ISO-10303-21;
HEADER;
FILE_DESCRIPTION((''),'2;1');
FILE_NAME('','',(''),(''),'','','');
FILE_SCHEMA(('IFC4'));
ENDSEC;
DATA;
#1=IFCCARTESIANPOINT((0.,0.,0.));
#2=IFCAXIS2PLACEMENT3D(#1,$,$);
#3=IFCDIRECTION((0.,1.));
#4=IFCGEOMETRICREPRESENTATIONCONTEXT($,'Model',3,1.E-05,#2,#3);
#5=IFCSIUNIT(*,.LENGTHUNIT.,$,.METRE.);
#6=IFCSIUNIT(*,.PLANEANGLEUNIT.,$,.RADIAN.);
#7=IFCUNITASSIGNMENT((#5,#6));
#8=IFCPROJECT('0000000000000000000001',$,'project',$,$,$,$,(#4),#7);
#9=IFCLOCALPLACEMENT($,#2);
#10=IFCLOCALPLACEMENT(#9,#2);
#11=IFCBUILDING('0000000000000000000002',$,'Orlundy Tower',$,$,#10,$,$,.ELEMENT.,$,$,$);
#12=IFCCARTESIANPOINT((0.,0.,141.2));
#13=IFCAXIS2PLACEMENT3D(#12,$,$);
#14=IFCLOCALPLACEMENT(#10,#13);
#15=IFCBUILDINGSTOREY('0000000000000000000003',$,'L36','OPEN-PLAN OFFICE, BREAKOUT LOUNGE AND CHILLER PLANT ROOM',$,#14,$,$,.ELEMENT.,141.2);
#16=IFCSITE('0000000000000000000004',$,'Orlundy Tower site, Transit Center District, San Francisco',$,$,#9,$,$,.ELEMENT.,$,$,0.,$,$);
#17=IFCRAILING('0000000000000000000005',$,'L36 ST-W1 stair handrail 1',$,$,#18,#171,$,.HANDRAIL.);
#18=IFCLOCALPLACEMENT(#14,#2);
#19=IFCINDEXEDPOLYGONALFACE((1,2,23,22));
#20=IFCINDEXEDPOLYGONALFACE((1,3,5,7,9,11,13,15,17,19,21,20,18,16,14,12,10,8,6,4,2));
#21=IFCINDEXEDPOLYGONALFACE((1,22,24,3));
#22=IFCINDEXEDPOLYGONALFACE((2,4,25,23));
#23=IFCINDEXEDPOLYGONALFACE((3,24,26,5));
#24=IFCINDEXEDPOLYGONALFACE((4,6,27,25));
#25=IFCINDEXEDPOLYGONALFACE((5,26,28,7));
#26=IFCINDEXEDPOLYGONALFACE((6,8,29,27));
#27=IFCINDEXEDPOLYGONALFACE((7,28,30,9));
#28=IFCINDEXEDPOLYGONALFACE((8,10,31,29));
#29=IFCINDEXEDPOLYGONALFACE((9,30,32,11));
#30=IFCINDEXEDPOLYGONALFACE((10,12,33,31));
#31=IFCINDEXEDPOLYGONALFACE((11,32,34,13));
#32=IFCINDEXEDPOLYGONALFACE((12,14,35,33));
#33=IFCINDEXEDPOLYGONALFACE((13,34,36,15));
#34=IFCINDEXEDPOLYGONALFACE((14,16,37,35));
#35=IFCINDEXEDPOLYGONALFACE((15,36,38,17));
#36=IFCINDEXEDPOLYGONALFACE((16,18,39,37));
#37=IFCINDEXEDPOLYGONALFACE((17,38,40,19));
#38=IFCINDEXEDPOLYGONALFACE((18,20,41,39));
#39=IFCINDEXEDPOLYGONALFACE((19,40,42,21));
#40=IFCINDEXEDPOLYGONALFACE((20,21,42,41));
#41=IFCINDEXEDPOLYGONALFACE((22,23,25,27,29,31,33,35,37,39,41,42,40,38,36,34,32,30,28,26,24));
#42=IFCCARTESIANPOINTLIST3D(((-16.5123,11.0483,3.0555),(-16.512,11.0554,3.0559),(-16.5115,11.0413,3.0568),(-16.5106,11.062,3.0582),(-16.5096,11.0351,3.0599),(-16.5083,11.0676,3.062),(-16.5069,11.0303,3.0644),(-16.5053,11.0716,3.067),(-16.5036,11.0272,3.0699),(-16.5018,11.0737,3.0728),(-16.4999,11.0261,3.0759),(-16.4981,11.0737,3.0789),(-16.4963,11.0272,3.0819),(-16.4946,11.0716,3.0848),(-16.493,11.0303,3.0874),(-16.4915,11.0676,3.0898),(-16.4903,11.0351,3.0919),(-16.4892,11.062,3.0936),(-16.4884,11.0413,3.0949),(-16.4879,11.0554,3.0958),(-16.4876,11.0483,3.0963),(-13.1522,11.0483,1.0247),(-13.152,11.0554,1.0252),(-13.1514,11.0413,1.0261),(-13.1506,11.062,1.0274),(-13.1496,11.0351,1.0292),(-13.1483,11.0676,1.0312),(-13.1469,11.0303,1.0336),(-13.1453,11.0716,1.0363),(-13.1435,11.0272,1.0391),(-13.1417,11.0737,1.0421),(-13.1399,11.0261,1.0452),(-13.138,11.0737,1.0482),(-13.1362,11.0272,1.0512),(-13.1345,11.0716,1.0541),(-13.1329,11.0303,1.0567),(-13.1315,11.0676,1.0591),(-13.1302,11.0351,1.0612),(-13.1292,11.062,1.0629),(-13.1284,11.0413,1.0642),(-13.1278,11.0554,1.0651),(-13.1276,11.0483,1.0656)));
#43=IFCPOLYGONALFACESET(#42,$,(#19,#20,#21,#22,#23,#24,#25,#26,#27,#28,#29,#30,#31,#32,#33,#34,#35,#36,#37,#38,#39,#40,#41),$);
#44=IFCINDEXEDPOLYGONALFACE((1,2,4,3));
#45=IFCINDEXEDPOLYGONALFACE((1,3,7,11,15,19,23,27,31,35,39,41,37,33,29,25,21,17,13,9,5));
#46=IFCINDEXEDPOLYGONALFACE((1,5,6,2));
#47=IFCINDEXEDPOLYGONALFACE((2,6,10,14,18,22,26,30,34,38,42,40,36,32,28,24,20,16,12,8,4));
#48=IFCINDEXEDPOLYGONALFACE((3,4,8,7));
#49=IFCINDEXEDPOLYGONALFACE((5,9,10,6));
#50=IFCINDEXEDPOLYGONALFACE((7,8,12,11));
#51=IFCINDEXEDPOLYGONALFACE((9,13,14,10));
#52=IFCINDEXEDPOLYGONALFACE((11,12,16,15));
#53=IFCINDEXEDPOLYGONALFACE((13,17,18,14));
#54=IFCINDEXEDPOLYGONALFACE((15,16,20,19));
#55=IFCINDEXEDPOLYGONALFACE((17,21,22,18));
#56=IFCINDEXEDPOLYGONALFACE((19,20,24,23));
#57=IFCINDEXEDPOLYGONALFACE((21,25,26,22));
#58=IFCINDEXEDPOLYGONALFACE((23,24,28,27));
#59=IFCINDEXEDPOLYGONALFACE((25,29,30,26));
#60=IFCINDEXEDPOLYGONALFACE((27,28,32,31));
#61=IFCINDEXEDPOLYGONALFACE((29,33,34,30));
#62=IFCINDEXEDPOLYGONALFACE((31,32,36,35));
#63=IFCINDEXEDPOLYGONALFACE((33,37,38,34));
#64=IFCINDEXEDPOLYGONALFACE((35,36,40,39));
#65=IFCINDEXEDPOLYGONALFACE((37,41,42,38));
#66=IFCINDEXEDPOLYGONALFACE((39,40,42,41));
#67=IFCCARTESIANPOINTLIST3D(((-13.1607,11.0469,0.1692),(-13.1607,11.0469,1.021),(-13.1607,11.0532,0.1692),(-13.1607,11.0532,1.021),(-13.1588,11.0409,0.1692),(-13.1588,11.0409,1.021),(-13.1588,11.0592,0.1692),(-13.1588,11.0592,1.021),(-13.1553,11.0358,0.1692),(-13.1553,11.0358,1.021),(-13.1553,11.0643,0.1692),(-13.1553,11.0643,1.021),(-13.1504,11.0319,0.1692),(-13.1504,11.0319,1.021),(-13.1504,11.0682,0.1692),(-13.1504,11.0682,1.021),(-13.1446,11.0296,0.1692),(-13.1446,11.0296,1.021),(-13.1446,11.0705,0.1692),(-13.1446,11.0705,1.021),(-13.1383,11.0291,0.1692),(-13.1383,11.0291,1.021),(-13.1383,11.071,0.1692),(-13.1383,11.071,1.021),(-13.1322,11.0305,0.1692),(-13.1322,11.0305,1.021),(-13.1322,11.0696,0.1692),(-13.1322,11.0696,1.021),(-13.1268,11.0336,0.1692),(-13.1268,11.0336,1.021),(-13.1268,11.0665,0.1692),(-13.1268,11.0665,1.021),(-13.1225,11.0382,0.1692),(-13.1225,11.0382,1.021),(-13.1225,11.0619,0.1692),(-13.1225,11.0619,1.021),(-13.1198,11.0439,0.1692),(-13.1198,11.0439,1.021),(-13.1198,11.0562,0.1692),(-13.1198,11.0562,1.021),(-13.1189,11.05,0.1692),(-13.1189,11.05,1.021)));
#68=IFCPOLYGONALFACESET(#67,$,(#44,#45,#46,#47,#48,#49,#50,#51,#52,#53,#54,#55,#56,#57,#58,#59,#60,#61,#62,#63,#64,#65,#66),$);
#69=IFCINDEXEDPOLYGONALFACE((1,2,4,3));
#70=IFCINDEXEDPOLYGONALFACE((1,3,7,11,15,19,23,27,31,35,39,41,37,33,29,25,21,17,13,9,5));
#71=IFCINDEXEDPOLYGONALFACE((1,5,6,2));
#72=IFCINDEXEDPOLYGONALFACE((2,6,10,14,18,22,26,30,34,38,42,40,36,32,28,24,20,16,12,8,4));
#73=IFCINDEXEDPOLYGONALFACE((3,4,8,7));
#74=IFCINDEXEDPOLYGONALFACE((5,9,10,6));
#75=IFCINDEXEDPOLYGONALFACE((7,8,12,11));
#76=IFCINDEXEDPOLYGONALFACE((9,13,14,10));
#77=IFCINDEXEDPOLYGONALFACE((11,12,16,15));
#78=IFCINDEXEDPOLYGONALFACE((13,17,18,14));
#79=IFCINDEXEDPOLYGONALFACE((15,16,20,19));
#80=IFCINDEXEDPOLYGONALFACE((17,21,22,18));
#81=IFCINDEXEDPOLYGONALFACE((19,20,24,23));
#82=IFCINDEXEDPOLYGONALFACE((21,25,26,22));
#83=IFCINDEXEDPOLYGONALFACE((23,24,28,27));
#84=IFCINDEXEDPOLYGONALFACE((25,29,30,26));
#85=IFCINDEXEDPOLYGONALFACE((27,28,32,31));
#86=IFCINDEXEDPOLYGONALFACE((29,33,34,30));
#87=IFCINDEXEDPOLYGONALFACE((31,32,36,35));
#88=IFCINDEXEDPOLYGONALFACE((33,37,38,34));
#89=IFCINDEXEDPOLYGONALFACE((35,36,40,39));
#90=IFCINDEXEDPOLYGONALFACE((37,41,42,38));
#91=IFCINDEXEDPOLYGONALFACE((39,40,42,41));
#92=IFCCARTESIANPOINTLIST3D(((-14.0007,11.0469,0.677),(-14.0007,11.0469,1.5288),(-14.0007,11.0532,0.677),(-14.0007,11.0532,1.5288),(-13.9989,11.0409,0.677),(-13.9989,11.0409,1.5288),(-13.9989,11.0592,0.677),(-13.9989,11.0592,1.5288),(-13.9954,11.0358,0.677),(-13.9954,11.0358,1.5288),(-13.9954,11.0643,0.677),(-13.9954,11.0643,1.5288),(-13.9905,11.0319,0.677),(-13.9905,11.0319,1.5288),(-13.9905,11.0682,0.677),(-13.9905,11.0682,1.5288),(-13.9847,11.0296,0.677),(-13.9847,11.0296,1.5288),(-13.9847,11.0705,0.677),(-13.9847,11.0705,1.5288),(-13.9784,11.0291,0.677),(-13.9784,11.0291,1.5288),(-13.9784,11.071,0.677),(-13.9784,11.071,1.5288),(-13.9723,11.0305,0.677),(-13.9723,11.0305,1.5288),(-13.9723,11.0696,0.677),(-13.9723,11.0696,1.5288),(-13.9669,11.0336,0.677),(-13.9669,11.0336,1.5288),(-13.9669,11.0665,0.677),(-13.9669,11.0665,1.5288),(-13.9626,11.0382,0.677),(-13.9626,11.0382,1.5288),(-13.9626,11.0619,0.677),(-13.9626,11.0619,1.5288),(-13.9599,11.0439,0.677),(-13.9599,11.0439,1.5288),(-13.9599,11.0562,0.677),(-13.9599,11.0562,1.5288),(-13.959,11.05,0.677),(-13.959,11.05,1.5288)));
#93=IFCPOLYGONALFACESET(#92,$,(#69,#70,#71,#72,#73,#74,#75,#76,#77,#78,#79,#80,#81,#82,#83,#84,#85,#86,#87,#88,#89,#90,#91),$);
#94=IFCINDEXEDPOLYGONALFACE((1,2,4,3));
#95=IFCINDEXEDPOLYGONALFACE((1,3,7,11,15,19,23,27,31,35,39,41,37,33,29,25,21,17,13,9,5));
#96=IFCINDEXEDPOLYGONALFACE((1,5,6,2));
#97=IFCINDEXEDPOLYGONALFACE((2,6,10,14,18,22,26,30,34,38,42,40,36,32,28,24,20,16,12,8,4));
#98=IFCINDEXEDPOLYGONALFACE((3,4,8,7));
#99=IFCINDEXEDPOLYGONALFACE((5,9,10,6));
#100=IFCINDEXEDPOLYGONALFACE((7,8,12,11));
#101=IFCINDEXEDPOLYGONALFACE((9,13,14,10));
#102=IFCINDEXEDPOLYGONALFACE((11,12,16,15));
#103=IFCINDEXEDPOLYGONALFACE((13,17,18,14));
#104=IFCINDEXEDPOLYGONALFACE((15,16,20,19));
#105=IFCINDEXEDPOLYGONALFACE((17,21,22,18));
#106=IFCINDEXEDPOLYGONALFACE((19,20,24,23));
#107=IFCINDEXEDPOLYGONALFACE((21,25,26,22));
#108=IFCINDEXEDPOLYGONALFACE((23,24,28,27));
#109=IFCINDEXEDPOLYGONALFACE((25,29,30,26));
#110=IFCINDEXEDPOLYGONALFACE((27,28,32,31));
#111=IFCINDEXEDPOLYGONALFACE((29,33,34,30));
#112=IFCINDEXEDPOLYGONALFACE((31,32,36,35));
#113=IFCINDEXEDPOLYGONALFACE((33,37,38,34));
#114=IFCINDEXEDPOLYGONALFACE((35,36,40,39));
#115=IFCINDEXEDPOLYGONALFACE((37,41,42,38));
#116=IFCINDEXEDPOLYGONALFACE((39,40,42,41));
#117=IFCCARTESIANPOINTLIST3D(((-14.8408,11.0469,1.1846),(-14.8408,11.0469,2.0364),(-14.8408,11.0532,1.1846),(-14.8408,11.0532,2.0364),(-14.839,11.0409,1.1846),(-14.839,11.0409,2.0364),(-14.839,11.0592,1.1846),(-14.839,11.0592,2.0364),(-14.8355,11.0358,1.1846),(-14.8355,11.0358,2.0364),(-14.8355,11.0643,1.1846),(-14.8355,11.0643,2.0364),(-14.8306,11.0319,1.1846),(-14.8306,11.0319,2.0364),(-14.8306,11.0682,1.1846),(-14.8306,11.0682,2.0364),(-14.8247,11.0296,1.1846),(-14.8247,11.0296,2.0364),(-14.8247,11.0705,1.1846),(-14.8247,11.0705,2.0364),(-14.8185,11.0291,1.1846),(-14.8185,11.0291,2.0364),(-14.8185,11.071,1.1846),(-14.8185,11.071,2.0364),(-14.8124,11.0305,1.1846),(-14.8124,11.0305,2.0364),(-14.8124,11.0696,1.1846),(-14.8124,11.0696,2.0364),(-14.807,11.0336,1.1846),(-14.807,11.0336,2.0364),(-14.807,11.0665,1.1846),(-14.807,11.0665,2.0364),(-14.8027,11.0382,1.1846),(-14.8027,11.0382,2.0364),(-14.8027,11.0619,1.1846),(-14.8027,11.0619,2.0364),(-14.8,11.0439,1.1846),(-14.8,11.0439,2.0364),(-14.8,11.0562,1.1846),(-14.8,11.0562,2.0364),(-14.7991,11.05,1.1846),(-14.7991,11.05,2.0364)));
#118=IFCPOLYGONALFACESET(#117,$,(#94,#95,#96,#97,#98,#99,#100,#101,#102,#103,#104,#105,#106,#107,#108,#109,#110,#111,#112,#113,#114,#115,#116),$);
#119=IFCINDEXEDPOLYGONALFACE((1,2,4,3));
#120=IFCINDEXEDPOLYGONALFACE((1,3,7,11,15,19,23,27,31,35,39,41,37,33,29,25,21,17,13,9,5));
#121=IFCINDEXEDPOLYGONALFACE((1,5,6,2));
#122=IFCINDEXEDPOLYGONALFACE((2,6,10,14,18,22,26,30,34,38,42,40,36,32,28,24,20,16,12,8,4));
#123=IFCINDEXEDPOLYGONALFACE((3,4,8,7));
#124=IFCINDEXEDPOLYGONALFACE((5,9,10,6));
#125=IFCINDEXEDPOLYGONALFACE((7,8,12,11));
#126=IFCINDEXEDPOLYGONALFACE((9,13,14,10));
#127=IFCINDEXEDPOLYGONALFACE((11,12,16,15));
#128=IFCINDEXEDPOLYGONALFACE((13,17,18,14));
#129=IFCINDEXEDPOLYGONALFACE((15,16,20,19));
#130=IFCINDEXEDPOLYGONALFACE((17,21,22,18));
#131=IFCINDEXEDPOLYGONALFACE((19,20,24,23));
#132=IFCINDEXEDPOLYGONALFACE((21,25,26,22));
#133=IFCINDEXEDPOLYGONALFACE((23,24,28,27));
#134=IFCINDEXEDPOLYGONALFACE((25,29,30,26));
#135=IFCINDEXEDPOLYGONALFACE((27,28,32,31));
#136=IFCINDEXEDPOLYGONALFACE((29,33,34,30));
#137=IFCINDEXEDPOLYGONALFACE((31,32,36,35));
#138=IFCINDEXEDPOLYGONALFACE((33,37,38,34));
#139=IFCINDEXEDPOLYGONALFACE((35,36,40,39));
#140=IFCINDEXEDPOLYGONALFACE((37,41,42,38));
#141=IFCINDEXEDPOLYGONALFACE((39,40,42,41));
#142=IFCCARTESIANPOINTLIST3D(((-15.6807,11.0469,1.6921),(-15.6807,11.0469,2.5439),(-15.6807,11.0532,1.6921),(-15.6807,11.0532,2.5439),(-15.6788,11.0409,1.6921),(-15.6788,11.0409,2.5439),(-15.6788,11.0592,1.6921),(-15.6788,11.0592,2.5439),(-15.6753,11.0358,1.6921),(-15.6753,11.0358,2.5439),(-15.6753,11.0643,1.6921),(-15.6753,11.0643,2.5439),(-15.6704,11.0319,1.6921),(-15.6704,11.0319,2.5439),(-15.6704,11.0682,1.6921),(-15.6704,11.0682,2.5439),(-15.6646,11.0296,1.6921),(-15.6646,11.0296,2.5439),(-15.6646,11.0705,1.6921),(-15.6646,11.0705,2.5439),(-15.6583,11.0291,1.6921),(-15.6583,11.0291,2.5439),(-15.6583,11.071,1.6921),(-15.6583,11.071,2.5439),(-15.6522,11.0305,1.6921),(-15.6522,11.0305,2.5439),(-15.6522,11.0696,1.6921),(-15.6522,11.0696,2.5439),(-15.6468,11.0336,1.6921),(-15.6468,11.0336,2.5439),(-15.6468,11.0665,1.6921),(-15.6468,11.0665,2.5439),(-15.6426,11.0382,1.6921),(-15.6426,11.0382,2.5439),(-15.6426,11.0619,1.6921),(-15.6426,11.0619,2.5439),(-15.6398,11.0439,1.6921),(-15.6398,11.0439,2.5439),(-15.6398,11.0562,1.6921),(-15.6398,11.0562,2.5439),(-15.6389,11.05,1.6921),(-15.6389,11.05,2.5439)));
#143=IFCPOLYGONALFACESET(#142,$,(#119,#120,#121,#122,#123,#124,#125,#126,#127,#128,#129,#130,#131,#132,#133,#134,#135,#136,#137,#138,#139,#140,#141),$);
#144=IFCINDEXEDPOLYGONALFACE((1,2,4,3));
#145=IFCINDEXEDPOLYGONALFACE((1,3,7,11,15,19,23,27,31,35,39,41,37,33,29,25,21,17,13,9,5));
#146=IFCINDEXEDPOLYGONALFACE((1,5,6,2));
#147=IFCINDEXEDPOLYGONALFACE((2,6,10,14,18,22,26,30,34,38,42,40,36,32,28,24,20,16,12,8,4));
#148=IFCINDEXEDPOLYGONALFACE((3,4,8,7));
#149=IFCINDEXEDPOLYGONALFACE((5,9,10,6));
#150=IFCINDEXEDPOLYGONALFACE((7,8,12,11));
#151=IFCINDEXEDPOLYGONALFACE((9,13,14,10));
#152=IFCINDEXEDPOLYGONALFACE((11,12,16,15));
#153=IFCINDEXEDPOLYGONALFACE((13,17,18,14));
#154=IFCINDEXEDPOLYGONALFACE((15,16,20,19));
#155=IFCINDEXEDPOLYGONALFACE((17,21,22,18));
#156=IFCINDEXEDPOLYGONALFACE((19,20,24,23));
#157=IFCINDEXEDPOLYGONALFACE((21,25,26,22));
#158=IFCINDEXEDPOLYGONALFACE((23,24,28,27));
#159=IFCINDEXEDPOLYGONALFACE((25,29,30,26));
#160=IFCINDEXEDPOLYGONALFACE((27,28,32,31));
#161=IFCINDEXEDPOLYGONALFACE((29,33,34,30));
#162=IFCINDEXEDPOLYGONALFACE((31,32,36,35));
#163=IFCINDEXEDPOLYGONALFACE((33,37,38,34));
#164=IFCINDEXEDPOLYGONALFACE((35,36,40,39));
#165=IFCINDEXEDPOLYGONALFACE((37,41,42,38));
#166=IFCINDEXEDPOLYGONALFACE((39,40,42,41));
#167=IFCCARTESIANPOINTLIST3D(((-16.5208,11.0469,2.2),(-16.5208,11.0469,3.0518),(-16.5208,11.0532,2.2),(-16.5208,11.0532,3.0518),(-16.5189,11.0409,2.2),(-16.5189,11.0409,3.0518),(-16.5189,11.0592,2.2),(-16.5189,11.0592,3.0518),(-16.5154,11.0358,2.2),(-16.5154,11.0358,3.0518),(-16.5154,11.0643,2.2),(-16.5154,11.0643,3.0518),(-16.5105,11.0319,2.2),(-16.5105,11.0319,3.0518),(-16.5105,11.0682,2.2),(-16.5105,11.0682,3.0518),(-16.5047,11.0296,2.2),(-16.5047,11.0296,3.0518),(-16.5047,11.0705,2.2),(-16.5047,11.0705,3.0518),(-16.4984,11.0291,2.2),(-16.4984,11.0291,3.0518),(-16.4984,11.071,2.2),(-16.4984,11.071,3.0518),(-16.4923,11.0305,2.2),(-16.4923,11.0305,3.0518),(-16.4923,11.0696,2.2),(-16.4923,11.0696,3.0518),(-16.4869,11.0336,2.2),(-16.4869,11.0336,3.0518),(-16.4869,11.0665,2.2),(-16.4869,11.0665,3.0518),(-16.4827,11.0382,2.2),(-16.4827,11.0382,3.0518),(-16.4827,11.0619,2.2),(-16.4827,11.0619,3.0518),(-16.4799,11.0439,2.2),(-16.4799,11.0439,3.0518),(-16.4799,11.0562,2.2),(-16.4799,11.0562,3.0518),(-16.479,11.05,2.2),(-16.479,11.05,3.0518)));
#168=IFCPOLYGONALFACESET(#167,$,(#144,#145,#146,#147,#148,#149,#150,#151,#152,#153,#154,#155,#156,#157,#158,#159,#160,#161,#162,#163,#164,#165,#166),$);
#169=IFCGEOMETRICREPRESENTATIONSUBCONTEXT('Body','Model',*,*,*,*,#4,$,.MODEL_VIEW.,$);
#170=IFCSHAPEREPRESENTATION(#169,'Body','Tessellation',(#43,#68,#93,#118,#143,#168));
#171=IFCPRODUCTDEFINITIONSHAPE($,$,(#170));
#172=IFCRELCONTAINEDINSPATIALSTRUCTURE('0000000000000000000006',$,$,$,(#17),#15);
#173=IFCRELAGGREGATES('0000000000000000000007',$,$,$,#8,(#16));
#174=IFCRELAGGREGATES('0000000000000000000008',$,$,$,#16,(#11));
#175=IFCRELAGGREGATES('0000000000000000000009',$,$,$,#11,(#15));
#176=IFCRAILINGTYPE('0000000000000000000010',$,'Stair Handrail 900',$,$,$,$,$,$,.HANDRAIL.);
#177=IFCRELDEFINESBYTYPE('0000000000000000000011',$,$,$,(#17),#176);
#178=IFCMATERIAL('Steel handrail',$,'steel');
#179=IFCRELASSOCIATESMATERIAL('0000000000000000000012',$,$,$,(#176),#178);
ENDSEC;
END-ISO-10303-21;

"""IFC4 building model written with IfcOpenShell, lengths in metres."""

from ifc_helpers import new_model, si_unit, direction, frame, origin, origin_2d, place, context, subcontext, project, spatial, circle, extrude, material, type_object, element, save


model = new_model("IFC4")

# Units and contexts
model_context = context("Model", 3, precision=1e-05, world=origin(), true_north=direction((0.0, 1.0)))
body_context = subcontext(model_context, "Body", "Model", "MODEL_VIEW")
ifc_project = project(units=[si_unit("LENGTHUNIT", "METRE"), si_unit("PLANEANGLEUNIT", "RADIAN")], contexts=[model_context])

# Site, building, storey
site_placement = place(None, origin())
site = spatial("IfcSite", under=ifc_project, at=site_placement, Name="Orlundy Tower site, Transit Center District, San Francisco", CompositionType="ELEMENT", RefElevation=0.0)
building_placement = place(site_placement, origin())
building = spatial("IfcBuilding", under=site, at=building_placement, Name="Orlundy Tower", CompositionType="ELEMENT")
storey_placement = place(building_placement, frame((0.0, 0.0, 141.2)))
storey = spatial("IfcBuildingStorey", under=building, at=storey_placement, Name="L36", Description="OPEN-PLAN OFFICE, BREAKOUT LOUNGE AND CHILLER PLANT ROOM", CompositionType="ELEMENT", Elevation=141.2)

# Railing
ifc_material_1 = material(Name="Steel handrail", Category="steel")
railing_type = type_object("IfcRailingType", Name="Stair Handrail 900", PredefinedType="HANDRAIL", material=ifc_material_1)
railing_1_placement = place(storey_placement, frame((-13.1399, 11.05, 0.1692)))
element("IfcRailing", 1, at=railing_1_placement, inside=storey, type_object=railing_type, Name="L36 ST-W1 stair handrail 1", PredefinedType="HANDRAIL", context=body_context, shape_type="SweptSolid", body=[
    extrude(circle(Radius=0.0239, at=origin_2d()), frame((0.0, 0.0, 0.876), z_axis=(-0.855837, 0.0, 0.517246), x_axis=(0.0, -1.0, 0.0)), (0.0, 0.0, 1.0), 3.926),
    extrude(circle(Radius=0.021, at=origin_2d()), origin(), (0.0, 0.0, 1.0), 0.8518),
    extrude(circle(Radius=0.021, at=origin_2d()), frame((-0.8401, 0.0, 0.5078)), (0.0, 0.0, 1.0), 0.8518),
    extrude(circle(Radius=0.021, at=origin_2d()), frame((-1.6802, 0.0, 1.0154)), (0.0, 0.0, 1.0), 0.8518),
    extrude(circle(Radius=0.021, at=origin_2d()), frame((-2.52, 0.0, 1.5229)), (0.0, 0.0, 1.0), 0.8518),
    extrude(circle(Radius=0.021, at=origin_2d()), frame((-3.3601, 0.0, 2.0308)), (0.0, 0.0, 1.0), 0.8518),
])

save(model, "model.ifc")
